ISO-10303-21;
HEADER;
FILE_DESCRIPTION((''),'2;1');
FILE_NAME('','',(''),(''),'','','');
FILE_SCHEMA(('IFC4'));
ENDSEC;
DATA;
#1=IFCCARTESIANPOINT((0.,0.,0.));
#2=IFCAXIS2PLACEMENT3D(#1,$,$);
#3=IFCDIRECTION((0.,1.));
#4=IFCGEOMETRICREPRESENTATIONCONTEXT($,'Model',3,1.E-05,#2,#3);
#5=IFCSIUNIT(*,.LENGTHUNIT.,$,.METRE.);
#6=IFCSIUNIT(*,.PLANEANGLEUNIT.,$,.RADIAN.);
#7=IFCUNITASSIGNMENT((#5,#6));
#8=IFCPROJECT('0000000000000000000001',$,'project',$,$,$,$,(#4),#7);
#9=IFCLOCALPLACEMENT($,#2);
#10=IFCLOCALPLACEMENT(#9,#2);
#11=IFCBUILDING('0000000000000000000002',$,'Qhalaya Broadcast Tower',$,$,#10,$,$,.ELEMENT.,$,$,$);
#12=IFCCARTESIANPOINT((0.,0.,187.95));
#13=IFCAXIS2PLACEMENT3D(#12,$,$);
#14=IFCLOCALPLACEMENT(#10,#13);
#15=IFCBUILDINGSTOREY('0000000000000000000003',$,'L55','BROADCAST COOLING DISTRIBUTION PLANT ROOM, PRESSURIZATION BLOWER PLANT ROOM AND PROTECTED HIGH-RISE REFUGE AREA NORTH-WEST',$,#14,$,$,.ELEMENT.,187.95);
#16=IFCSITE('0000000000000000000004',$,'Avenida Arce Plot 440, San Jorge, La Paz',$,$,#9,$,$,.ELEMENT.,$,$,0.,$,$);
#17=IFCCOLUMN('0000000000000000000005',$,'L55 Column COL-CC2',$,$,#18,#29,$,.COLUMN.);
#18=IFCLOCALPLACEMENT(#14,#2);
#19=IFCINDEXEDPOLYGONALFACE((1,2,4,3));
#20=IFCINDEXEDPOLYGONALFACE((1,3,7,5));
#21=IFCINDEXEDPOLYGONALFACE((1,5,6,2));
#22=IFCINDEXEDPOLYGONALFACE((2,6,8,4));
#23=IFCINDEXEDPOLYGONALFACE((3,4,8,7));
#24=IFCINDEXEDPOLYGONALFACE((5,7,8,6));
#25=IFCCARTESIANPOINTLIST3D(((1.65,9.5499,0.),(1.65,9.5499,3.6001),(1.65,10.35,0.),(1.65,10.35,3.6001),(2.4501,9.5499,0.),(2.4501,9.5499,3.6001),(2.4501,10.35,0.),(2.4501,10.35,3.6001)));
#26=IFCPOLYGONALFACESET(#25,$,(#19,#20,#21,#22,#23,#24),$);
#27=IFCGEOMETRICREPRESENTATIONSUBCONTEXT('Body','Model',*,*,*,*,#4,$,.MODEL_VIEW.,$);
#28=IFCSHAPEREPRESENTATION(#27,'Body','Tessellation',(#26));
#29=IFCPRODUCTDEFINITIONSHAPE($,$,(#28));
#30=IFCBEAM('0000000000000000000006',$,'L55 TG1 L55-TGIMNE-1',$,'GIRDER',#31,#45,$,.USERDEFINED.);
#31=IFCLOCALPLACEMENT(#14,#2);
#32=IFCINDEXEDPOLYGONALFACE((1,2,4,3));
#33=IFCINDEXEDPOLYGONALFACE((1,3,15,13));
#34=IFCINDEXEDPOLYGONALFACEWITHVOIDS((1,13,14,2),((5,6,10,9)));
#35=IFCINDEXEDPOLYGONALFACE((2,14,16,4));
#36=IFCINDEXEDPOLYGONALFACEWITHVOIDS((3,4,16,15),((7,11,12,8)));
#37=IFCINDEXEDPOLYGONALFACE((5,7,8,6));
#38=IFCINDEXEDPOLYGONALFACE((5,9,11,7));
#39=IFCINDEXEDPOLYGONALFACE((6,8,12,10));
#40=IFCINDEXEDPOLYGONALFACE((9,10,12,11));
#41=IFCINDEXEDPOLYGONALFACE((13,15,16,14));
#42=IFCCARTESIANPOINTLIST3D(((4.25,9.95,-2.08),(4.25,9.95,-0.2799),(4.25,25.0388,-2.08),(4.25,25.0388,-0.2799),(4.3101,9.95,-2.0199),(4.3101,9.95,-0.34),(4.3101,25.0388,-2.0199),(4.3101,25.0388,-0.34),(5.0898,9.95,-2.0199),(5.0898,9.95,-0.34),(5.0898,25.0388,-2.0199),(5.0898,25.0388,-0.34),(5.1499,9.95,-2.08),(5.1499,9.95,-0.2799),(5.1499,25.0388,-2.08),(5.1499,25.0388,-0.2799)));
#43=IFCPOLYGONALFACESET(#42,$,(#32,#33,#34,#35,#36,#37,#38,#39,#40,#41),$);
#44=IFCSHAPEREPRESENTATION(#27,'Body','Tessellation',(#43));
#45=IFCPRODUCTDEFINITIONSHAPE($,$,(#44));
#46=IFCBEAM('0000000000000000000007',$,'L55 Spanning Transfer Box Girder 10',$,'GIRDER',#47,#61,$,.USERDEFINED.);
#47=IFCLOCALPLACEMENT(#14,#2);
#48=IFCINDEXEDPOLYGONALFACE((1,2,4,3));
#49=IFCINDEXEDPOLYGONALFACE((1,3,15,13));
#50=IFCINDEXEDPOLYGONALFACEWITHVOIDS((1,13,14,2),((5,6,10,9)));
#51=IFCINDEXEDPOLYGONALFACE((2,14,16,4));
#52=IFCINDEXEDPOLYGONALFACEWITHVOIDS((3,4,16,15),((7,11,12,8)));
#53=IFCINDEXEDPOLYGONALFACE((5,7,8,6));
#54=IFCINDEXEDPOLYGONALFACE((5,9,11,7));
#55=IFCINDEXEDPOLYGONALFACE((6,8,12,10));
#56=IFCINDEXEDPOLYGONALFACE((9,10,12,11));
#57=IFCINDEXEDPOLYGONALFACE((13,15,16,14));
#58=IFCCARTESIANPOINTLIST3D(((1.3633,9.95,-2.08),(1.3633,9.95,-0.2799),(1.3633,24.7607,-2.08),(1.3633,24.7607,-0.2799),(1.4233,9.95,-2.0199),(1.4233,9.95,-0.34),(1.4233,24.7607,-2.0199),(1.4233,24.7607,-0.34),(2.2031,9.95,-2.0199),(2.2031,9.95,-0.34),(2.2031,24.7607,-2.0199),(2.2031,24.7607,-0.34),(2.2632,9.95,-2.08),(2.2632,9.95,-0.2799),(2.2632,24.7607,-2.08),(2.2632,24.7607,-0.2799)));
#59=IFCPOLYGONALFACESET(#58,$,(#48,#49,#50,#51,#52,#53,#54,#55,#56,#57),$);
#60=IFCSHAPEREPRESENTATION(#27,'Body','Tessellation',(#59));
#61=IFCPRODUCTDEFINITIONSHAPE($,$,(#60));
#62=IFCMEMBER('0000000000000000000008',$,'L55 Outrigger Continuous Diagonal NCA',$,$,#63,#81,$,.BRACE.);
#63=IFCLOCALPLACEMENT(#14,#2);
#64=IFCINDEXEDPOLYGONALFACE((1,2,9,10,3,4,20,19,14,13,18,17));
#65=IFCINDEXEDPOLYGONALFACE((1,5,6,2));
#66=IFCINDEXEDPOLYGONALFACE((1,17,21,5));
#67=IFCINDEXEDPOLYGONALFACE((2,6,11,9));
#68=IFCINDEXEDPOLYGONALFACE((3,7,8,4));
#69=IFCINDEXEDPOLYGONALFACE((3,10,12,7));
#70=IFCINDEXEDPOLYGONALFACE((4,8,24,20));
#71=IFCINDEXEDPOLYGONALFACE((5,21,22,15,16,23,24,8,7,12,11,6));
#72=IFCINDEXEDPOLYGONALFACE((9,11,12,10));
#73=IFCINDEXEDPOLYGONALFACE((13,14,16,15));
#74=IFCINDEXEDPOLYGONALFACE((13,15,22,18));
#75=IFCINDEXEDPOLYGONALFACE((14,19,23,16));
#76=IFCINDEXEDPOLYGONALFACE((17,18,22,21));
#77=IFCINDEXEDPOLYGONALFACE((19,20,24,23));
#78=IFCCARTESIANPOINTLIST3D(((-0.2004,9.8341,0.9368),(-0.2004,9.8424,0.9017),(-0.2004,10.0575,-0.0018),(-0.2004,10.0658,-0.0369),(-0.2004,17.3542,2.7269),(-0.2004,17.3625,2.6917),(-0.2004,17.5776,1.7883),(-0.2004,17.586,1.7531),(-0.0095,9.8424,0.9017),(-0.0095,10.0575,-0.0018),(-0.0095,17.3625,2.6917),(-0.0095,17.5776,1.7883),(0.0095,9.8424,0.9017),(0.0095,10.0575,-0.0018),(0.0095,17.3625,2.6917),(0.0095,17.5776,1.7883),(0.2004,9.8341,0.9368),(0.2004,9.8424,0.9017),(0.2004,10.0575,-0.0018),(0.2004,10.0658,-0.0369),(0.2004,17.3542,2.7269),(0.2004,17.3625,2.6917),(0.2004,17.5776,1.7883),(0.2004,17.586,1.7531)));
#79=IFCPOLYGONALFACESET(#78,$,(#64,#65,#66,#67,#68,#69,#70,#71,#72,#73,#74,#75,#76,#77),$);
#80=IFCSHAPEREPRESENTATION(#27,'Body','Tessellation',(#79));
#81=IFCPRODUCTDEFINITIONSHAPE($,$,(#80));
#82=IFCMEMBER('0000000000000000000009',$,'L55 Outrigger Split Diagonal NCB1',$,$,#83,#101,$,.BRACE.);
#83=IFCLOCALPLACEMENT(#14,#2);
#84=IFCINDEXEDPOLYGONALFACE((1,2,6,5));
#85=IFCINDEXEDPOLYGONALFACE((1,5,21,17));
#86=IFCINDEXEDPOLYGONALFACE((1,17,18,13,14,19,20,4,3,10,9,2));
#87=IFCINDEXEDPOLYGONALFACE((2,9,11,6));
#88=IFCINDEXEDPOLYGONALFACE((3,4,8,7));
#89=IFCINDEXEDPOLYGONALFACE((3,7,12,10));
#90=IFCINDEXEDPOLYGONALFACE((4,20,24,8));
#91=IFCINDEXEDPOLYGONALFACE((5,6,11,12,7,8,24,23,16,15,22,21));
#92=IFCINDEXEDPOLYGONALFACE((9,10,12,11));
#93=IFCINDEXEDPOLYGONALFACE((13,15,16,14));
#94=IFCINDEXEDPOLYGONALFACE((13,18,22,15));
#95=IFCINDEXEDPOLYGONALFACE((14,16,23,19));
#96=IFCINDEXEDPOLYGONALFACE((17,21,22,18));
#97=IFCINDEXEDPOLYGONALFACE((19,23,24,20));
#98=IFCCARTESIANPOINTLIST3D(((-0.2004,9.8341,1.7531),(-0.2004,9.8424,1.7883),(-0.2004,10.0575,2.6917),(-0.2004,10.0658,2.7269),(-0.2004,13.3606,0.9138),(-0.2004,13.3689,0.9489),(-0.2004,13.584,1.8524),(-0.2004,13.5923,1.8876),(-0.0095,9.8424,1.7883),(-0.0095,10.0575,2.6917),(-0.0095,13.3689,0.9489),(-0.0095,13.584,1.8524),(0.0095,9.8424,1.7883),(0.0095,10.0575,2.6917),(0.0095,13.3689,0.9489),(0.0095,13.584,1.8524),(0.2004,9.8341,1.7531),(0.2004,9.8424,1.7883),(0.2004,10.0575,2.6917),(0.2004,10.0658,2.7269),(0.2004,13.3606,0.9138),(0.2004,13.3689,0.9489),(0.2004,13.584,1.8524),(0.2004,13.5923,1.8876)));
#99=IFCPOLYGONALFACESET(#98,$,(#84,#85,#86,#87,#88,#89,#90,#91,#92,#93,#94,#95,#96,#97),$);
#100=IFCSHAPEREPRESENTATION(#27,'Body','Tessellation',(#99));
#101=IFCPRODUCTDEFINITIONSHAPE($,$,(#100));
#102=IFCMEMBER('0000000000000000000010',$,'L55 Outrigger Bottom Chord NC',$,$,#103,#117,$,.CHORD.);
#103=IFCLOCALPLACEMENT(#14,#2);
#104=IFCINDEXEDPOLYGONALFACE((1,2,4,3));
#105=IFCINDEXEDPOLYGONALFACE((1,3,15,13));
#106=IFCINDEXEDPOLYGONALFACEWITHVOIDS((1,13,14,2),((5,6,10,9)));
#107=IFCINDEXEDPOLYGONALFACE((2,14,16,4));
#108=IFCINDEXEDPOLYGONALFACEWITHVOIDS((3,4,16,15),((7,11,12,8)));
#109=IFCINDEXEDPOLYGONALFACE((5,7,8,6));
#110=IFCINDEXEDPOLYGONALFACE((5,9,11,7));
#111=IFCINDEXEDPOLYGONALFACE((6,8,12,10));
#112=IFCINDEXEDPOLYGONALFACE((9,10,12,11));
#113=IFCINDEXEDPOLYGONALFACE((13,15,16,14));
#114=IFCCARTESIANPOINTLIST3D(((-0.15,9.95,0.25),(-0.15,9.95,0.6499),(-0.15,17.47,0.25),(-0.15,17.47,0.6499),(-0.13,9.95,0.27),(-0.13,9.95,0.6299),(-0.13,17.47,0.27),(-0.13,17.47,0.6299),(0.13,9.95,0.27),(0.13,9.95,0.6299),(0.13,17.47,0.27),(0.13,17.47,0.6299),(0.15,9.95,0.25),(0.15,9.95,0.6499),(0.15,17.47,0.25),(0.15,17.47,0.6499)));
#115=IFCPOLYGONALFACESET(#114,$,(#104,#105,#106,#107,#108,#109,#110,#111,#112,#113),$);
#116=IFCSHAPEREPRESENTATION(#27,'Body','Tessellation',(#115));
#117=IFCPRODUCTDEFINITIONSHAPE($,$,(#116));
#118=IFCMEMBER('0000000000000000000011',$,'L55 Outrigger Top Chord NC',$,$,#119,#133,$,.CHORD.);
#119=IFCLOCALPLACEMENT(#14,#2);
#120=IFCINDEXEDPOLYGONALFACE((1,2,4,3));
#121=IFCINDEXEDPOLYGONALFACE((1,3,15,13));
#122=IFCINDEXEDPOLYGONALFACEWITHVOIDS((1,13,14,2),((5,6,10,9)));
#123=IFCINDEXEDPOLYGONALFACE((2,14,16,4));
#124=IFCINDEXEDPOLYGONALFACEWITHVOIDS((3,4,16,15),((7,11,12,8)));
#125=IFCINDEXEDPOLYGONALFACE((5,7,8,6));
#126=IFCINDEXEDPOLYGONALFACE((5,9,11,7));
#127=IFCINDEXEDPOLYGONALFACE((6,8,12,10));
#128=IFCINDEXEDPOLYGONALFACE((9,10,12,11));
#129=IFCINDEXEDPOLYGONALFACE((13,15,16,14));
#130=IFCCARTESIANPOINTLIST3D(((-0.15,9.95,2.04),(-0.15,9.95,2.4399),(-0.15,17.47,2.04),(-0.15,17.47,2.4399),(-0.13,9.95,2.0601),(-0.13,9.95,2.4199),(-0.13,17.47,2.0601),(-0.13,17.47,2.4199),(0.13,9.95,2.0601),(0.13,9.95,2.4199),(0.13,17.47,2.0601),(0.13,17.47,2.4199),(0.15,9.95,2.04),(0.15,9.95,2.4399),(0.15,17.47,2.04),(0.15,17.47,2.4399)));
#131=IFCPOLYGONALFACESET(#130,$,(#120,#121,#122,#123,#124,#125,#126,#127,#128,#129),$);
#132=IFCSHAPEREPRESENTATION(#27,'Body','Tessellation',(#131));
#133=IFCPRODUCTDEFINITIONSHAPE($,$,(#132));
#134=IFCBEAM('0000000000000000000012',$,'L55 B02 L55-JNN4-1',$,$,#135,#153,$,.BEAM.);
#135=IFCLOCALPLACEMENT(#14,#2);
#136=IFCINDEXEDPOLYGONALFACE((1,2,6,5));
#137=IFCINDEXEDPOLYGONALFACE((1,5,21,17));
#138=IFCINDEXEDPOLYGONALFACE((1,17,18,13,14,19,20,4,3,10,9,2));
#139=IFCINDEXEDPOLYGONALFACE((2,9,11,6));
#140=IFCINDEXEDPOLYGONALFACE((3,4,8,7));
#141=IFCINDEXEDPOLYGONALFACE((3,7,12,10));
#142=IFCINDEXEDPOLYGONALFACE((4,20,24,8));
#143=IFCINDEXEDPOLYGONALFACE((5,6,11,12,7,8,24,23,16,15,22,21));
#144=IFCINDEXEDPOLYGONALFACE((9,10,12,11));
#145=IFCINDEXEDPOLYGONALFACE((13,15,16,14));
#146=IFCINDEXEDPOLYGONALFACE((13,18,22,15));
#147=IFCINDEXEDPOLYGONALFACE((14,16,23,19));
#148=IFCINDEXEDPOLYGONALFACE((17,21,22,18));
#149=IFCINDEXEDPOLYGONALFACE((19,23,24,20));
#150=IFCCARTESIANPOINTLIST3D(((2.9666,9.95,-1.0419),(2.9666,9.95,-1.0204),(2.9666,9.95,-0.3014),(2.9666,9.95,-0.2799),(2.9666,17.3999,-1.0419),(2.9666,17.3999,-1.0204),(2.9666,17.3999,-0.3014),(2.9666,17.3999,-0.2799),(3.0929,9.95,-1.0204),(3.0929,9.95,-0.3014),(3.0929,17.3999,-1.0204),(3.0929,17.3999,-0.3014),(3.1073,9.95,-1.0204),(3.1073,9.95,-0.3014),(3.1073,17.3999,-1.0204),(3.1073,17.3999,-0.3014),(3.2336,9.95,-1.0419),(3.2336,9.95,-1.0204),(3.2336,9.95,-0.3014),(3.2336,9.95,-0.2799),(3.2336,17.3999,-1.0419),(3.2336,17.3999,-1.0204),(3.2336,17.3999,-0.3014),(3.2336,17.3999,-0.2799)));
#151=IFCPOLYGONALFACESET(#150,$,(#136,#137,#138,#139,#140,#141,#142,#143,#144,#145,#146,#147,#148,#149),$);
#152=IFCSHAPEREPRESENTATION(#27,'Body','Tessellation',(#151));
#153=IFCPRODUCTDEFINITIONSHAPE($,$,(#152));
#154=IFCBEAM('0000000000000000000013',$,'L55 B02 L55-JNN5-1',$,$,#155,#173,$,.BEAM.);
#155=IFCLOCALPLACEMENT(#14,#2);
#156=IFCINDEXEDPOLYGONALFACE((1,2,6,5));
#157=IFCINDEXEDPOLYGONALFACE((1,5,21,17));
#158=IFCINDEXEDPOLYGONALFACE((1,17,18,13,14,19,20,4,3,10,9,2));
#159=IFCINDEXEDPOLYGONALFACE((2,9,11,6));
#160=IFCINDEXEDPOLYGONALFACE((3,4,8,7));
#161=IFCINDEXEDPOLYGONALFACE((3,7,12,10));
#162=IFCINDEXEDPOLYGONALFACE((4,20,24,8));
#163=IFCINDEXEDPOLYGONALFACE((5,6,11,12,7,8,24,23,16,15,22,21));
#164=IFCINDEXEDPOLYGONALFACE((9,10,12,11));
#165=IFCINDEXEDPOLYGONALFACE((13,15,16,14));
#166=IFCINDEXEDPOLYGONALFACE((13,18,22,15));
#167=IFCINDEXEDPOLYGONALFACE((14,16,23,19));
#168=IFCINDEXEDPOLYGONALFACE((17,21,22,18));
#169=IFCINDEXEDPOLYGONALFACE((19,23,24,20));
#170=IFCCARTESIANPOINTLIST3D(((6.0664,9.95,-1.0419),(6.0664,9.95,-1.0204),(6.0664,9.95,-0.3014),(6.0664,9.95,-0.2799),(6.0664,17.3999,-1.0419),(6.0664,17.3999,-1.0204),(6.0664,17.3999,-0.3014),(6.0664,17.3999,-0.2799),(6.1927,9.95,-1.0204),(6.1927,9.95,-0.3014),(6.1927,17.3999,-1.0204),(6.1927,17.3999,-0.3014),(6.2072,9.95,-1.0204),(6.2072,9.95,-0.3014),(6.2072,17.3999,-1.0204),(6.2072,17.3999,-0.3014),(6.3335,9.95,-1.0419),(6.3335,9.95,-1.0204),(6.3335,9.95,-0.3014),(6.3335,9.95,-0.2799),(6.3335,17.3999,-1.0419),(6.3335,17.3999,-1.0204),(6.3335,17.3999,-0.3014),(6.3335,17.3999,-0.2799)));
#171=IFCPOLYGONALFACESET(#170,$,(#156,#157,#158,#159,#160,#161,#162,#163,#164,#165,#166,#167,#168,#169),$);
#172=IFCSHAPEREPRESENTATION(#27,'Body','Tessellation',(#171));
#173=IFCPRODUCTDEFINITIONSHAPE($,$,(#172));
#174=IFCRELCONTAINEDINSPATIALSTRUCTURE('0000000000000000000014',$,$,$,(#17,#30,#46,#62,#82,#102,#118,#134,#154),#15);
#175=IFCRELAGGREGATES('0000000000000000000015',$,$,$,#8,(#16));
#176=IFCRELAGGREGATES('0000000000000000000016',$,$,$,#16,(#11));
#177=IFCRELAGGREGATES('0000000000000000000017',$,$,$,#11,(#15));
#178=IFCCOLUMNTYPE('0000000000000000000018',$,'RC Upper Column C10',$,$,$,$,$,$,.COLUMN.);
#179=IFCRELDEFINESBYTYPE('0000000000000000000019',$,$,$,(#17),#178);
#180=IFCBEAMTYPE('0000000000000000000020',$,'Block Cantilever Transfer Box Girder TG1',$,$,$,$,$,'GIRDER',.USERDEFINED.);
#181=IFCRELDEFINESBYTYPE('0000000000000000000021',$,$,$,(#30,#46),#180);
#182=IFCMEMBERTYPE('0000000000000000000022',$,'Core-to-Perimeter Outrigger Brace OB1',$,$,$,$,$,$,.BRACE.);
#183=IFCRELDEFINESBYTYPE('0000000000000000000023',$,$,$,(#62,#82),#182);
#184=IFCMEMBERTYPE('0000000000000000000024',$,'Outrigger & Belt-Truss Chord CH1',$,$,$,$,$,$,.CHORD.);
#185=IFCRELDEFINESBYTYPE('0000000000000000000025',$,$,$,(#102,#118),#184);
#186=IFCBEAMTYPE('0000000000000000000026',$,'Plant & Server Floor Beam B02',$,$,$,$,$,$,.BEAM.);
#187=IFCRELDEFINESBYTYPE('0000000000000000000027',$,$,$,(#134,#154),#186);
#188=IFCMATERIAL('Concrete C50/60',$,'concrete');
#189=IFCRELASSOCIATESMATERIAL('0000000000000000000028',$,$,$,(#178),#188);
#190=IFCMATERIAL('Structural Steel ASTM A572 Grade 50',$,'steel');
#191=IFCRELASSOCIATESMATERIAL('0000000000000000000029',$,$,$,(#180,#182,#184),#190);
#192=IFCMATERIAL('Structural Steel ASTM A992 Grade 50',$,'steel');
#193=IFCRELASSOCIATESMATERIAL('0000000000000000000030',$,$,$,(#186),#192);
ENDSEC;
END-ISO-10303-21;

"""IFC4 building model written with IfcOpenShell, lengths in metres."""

from ifc_helpers import new_model, si_unit, direction, frame, origin, origin_2d, place, context, subcontext, project, spatial, rectangle, hollow_rectangle, i_section, extrude, material, material_profile, profile_set, type_object, element, save


model = new_model("IFC4")

# Units and contexts
model_context = context("Model", 3, precision=1e-05, world=origin(), true_north=direction((0.0, 1.0)))
body_context = subcontext(model_context, "Body", "Model", "MODEL_VIEW")
ifc_project = project(units=[si_unit("LENGTHUNIT", "METRE"), si_unit("PLANEANGLEUNIT", "RADIAN")], contexts=[model_context])

# Site, building, storey
site_placement = place(None, origin())
site = spatial("IfcSite", under=ifc_project, at=site_placement, Name="Avenida Arce Plot 440, San Jorge, La Paz", CompositionType="ELEMENT", RefElevation=0.0)
building_placement = place(site_placement, origin())
building = spatial("IfcBuilding", under=site, at=building_placement, Name="Qhalaya Broadcast Tower", CompositionType="ELEMENT")
storey_placement = place(building_placement, frame((0.0, 0.0, 187.95)))
storey = spatial("IfcBuildingStorey", under=building, at=storey_placement, Name="L55", Description="BROADCAST COOLING DISTRIBUTION PLANT ROOM, PRESSURIZATION BLOWER PLANT ROOM AND PROTECTED HIGH-RISE REFUGE AREA NORTH-WEST", CompositionType="ELEMENT", Elevation=187.95)

# Column
ifc_material_1 = material(Name="Concrete C50/60", Category="concrete")
ifc_material_profile_1 = material_profile(ifc_material_1, rectangle(XDim=0.8, YDim=0.8, at=origin_2d()), Name="RC-COL 800x800")
ifc_profile_set_1 = profile_set([ifc_material_profile_1], Name="Concrete C50/60")
column_type = type_object("IfcColumnType", Name="RC Upper Column C10", PredefinedType="COLUMN", material=ifc_profile_set_1)
column_placement = place(storey_placement, frame((2.05, 9.95, 0.0), z_axis=(0.0, 0.0, 1.0), x_axis=(1.0, 0.0, 0.0)))
element("IfcColumn", 1, at=column_placement, inside=storey, type_object=column_type, Name="L55 Column COL-CC2", PredefinedType="COLUMN", context=body_context, shape_type="SweptSolid", body=[
    extrude(rectangle(XDim=0.8, YDim=0.8, at=origin_2d()), origin(), (0.0, 0.0, 1.0), 3.6001),
])

# Beams
ifc_material_2 = material(Name="Structural Steel ASTM A572 Grade 50", Category="steel")
ifc_material_profile_2 = material_profile(ifc_material_2, hollow_rectangle(XDim=0.8999, YDim=1.8, WallThickness=0.0601, at=origin_2d()), Name="BOX 900x1800x60")
ifc_profile_set_2 = profile_set([ifc_material_profile_2], Name="Structural Steel ASTM A572 Grade 50")
beam_type_1 = type_object("IfcBeamType", Name="Block Cantilever Transfer Box Girder TG1", ElementType="GIRDER", PredefinedType="USERDEFINED", material=ifc_profile_set_2)
beam_1_placement = place(storey_placement, frame((4.7, 9.95, -1.1799), z_axis=(0.0, 1.0, 0.0), x_axis=(-1.0, 0.0, 0.0)))
element("IfcBeam", 2, at=beam_1_placement, inside=storey, type_object=beam_type_1, Name="L55 TG1 L55-TGIMNE-1", ObjectType="GIRDER", PredefinedType="USERDEFINED", context=body_context, shape_type="SweptSolid", body=[
    extrude(hollow_rectangle(XDim=0.8999, YDim=1.8, WallThickness=0.0601, at=origin_2d()), origin(), (0.0, 0.0, 1.0), 15.0889),
])
beam_2_placement = place(storey_placement, frame((1.8132, 9.95, -1.1799), z_axis=(0.0, 1.0, 0.0), x_axis=(-1.0, 0.0, 0.0)))
element("IfcBeam", 3, at=beam_2_placement, inside=storey, type_object=beam_type_1, Name="L55 Spanning Transfer Box Girder 10", ObjectType="GIRDER", PredefinedType="USERDEFINED", context=body_context, shape_type="SweptSolid", body=[
    extrude(hollow_rectangle(XDim=0.8999, YDim=1.8, WallThickness=0.0601, at=origin_2d()), origin(), (0.0, 0.0, 1.0), 14.8108),
])

# Members
ifc_material_profile_3 = material_profile(ifc_material_2, i_section(OverallWidth=0.4009, OverallDepth=1.001, WebThickness=0.019, FlangeThickness=0.0361, at=origin_2d()), Name="W40X249")
ifc_profile_set_3 = profile_set([ifc_material_profile_3], Name="Structural Steel ASTM A572 Grade 50")
member_type_1 = type_object("IfcMemberType", Name="Core-to-Perimeter Outrigger Brace OB1", PredefinedType="BRACE", material=ifc_profile_set_3)
member_1_placement = place(storey_placement, frame((0.0, 9.95, 0.45), z_axis=(0.0, 0.972819, 0.231566), x_axis=(-1.0, 0.0, 0.0)))
element("IfcMember", 4, at=member_1_placement, inside=storey, type_object=member_type_1, Name="L55 Outrigger Continuous Diagonal NCA", PredefinedType="BRACE", context=body_context, shape_type="SweptSolid", body=[
    extrude(i_section(OverallWidth=0.4009, OverallDepth=1.001, WebThickness=0.019, FlangeThickness=0.0361, at=origin_2d()), origin(), (0.0, 0.0, 1.0), 7.7302),
])
member_2_placement = place(storey_placement, frame((0.0, 9.95, 2.24), z_axis=(0.0, 0.972826, -0.231539), x_axis=(-1.0, 0.0, 0.0)))
element("IfcMember", 5, at=member_2_placement, inside=storey, type_object=member_type_1, Name="L55 Outrigger Split Diagonal NCB1", PredefinedType="BRACE", context=body_context, shape_type="SweptSolid", body=[
    extrude(i_section(OverallWidth=0.4009, OverallDepth=1.001, WebThickness=0.019, FlangeThickness=0.0361, at=origin_2d()), origin(), (0.0, 0.0, 1.0), 3.625),
])
ifc_material_profile_4 = material_profile(ifc_material_2, hollow_rectangle(XDim=0.3, YDim=0.3999, WallThickness=0.02, at=origin_2d()), Name="HSS 300x400x20")
ifc_profile_set_4 = profile_set([ifc_material_profile_4], Name="Structural Steel ASTM A572 Grade 50")
member_type_2 = type_object("IfcMemberType", Name="Outrigger & Belt-Truss Chord CH1", PredefinedType="CHORD", material=ifc_profile_set_4)
for number, where, z_axis, x_axis, name in (
    (6, (0.0, 9.95, 0.45), (0.0, 1.0, 0.0), (-1.0, 0.0, 0.0), "L55 Outrigger Bottom Chord NC"),
    (7, (0.0, 9.95, 2.24), (0.0, 1.0, 0.0), (-1.0, 0.0, 0.0), "L55 Outrigger Top Chord NC"),
):
    element("IfcMember", number, at=place(storey_placement, frame(where, z_axis=z_axis, x_axis=x_axis)), inside=storey, type_object=member_type_2, Name=name, PredefinedType="CHORD", context=body_context, shape_type="SweptSolid", body=[
        extrude(hollow_rectangle(XDim=0.3, YDim=0.3999, WallThickness=0.02, at=origin_2d()), origin(), (0.0, 0.0, 1.0), 7.52),
    ])

# Beams
ifc_material_3 = material(Name="Structural Steel ASTM A992 Grade 50", Category="steel")
ifc_material_profile_5 = material_profile(ifc_material_3, i_section(OverallWidth=0.2671, OverallDepth=0.762, WebThickness=0.0144, FlangeThickness=0.0215, at=origin_2d()), Name="W30X116")
ifc_profile_set_5 = profile_set([ifc_material_profile_5], Name="Structural Steel ASTM A992 Grade 50")
beam_type_2 = type_object("IfcBeamType", Name="Plant & Server Floor Beam B02", PredefinedType="BEAM", material=ifc_profile_set_5)
for number, where, z_axis, x_axis, name in (
    (8, (3.1001, 9.95, -0.6609), (0.0, 1.0, 0.0), (-1.0, 0.0, 0.0), "L55 B02 L55-JNN4-1"),
    (9, (6.2, 9.95, -0.6609), (0.0, 1.0, 0.0), (-1.0, 0.0, 0.0), "L55 B02 L55-JNN5-1"),
):
    element("IfcBeam", number, at=place(storey_placement, frame(where, z_axis=z_axis, x_axis=x_axis)), inside=storey, type_object=beam_type_2, Name=name, PredefinedType="BEAM", context=body_context, shape_type="SweptSolid", body=[
        extrude(i_section(OverallWidth=0.2671, OverallDepth=0.762, WebThickness=0.0144, FlangeThickness=0.0215, at=origin_2d()), origin(), (0.0, 0.0, 1.0), 7.45),
    ])

save(model, "model.ifc")
